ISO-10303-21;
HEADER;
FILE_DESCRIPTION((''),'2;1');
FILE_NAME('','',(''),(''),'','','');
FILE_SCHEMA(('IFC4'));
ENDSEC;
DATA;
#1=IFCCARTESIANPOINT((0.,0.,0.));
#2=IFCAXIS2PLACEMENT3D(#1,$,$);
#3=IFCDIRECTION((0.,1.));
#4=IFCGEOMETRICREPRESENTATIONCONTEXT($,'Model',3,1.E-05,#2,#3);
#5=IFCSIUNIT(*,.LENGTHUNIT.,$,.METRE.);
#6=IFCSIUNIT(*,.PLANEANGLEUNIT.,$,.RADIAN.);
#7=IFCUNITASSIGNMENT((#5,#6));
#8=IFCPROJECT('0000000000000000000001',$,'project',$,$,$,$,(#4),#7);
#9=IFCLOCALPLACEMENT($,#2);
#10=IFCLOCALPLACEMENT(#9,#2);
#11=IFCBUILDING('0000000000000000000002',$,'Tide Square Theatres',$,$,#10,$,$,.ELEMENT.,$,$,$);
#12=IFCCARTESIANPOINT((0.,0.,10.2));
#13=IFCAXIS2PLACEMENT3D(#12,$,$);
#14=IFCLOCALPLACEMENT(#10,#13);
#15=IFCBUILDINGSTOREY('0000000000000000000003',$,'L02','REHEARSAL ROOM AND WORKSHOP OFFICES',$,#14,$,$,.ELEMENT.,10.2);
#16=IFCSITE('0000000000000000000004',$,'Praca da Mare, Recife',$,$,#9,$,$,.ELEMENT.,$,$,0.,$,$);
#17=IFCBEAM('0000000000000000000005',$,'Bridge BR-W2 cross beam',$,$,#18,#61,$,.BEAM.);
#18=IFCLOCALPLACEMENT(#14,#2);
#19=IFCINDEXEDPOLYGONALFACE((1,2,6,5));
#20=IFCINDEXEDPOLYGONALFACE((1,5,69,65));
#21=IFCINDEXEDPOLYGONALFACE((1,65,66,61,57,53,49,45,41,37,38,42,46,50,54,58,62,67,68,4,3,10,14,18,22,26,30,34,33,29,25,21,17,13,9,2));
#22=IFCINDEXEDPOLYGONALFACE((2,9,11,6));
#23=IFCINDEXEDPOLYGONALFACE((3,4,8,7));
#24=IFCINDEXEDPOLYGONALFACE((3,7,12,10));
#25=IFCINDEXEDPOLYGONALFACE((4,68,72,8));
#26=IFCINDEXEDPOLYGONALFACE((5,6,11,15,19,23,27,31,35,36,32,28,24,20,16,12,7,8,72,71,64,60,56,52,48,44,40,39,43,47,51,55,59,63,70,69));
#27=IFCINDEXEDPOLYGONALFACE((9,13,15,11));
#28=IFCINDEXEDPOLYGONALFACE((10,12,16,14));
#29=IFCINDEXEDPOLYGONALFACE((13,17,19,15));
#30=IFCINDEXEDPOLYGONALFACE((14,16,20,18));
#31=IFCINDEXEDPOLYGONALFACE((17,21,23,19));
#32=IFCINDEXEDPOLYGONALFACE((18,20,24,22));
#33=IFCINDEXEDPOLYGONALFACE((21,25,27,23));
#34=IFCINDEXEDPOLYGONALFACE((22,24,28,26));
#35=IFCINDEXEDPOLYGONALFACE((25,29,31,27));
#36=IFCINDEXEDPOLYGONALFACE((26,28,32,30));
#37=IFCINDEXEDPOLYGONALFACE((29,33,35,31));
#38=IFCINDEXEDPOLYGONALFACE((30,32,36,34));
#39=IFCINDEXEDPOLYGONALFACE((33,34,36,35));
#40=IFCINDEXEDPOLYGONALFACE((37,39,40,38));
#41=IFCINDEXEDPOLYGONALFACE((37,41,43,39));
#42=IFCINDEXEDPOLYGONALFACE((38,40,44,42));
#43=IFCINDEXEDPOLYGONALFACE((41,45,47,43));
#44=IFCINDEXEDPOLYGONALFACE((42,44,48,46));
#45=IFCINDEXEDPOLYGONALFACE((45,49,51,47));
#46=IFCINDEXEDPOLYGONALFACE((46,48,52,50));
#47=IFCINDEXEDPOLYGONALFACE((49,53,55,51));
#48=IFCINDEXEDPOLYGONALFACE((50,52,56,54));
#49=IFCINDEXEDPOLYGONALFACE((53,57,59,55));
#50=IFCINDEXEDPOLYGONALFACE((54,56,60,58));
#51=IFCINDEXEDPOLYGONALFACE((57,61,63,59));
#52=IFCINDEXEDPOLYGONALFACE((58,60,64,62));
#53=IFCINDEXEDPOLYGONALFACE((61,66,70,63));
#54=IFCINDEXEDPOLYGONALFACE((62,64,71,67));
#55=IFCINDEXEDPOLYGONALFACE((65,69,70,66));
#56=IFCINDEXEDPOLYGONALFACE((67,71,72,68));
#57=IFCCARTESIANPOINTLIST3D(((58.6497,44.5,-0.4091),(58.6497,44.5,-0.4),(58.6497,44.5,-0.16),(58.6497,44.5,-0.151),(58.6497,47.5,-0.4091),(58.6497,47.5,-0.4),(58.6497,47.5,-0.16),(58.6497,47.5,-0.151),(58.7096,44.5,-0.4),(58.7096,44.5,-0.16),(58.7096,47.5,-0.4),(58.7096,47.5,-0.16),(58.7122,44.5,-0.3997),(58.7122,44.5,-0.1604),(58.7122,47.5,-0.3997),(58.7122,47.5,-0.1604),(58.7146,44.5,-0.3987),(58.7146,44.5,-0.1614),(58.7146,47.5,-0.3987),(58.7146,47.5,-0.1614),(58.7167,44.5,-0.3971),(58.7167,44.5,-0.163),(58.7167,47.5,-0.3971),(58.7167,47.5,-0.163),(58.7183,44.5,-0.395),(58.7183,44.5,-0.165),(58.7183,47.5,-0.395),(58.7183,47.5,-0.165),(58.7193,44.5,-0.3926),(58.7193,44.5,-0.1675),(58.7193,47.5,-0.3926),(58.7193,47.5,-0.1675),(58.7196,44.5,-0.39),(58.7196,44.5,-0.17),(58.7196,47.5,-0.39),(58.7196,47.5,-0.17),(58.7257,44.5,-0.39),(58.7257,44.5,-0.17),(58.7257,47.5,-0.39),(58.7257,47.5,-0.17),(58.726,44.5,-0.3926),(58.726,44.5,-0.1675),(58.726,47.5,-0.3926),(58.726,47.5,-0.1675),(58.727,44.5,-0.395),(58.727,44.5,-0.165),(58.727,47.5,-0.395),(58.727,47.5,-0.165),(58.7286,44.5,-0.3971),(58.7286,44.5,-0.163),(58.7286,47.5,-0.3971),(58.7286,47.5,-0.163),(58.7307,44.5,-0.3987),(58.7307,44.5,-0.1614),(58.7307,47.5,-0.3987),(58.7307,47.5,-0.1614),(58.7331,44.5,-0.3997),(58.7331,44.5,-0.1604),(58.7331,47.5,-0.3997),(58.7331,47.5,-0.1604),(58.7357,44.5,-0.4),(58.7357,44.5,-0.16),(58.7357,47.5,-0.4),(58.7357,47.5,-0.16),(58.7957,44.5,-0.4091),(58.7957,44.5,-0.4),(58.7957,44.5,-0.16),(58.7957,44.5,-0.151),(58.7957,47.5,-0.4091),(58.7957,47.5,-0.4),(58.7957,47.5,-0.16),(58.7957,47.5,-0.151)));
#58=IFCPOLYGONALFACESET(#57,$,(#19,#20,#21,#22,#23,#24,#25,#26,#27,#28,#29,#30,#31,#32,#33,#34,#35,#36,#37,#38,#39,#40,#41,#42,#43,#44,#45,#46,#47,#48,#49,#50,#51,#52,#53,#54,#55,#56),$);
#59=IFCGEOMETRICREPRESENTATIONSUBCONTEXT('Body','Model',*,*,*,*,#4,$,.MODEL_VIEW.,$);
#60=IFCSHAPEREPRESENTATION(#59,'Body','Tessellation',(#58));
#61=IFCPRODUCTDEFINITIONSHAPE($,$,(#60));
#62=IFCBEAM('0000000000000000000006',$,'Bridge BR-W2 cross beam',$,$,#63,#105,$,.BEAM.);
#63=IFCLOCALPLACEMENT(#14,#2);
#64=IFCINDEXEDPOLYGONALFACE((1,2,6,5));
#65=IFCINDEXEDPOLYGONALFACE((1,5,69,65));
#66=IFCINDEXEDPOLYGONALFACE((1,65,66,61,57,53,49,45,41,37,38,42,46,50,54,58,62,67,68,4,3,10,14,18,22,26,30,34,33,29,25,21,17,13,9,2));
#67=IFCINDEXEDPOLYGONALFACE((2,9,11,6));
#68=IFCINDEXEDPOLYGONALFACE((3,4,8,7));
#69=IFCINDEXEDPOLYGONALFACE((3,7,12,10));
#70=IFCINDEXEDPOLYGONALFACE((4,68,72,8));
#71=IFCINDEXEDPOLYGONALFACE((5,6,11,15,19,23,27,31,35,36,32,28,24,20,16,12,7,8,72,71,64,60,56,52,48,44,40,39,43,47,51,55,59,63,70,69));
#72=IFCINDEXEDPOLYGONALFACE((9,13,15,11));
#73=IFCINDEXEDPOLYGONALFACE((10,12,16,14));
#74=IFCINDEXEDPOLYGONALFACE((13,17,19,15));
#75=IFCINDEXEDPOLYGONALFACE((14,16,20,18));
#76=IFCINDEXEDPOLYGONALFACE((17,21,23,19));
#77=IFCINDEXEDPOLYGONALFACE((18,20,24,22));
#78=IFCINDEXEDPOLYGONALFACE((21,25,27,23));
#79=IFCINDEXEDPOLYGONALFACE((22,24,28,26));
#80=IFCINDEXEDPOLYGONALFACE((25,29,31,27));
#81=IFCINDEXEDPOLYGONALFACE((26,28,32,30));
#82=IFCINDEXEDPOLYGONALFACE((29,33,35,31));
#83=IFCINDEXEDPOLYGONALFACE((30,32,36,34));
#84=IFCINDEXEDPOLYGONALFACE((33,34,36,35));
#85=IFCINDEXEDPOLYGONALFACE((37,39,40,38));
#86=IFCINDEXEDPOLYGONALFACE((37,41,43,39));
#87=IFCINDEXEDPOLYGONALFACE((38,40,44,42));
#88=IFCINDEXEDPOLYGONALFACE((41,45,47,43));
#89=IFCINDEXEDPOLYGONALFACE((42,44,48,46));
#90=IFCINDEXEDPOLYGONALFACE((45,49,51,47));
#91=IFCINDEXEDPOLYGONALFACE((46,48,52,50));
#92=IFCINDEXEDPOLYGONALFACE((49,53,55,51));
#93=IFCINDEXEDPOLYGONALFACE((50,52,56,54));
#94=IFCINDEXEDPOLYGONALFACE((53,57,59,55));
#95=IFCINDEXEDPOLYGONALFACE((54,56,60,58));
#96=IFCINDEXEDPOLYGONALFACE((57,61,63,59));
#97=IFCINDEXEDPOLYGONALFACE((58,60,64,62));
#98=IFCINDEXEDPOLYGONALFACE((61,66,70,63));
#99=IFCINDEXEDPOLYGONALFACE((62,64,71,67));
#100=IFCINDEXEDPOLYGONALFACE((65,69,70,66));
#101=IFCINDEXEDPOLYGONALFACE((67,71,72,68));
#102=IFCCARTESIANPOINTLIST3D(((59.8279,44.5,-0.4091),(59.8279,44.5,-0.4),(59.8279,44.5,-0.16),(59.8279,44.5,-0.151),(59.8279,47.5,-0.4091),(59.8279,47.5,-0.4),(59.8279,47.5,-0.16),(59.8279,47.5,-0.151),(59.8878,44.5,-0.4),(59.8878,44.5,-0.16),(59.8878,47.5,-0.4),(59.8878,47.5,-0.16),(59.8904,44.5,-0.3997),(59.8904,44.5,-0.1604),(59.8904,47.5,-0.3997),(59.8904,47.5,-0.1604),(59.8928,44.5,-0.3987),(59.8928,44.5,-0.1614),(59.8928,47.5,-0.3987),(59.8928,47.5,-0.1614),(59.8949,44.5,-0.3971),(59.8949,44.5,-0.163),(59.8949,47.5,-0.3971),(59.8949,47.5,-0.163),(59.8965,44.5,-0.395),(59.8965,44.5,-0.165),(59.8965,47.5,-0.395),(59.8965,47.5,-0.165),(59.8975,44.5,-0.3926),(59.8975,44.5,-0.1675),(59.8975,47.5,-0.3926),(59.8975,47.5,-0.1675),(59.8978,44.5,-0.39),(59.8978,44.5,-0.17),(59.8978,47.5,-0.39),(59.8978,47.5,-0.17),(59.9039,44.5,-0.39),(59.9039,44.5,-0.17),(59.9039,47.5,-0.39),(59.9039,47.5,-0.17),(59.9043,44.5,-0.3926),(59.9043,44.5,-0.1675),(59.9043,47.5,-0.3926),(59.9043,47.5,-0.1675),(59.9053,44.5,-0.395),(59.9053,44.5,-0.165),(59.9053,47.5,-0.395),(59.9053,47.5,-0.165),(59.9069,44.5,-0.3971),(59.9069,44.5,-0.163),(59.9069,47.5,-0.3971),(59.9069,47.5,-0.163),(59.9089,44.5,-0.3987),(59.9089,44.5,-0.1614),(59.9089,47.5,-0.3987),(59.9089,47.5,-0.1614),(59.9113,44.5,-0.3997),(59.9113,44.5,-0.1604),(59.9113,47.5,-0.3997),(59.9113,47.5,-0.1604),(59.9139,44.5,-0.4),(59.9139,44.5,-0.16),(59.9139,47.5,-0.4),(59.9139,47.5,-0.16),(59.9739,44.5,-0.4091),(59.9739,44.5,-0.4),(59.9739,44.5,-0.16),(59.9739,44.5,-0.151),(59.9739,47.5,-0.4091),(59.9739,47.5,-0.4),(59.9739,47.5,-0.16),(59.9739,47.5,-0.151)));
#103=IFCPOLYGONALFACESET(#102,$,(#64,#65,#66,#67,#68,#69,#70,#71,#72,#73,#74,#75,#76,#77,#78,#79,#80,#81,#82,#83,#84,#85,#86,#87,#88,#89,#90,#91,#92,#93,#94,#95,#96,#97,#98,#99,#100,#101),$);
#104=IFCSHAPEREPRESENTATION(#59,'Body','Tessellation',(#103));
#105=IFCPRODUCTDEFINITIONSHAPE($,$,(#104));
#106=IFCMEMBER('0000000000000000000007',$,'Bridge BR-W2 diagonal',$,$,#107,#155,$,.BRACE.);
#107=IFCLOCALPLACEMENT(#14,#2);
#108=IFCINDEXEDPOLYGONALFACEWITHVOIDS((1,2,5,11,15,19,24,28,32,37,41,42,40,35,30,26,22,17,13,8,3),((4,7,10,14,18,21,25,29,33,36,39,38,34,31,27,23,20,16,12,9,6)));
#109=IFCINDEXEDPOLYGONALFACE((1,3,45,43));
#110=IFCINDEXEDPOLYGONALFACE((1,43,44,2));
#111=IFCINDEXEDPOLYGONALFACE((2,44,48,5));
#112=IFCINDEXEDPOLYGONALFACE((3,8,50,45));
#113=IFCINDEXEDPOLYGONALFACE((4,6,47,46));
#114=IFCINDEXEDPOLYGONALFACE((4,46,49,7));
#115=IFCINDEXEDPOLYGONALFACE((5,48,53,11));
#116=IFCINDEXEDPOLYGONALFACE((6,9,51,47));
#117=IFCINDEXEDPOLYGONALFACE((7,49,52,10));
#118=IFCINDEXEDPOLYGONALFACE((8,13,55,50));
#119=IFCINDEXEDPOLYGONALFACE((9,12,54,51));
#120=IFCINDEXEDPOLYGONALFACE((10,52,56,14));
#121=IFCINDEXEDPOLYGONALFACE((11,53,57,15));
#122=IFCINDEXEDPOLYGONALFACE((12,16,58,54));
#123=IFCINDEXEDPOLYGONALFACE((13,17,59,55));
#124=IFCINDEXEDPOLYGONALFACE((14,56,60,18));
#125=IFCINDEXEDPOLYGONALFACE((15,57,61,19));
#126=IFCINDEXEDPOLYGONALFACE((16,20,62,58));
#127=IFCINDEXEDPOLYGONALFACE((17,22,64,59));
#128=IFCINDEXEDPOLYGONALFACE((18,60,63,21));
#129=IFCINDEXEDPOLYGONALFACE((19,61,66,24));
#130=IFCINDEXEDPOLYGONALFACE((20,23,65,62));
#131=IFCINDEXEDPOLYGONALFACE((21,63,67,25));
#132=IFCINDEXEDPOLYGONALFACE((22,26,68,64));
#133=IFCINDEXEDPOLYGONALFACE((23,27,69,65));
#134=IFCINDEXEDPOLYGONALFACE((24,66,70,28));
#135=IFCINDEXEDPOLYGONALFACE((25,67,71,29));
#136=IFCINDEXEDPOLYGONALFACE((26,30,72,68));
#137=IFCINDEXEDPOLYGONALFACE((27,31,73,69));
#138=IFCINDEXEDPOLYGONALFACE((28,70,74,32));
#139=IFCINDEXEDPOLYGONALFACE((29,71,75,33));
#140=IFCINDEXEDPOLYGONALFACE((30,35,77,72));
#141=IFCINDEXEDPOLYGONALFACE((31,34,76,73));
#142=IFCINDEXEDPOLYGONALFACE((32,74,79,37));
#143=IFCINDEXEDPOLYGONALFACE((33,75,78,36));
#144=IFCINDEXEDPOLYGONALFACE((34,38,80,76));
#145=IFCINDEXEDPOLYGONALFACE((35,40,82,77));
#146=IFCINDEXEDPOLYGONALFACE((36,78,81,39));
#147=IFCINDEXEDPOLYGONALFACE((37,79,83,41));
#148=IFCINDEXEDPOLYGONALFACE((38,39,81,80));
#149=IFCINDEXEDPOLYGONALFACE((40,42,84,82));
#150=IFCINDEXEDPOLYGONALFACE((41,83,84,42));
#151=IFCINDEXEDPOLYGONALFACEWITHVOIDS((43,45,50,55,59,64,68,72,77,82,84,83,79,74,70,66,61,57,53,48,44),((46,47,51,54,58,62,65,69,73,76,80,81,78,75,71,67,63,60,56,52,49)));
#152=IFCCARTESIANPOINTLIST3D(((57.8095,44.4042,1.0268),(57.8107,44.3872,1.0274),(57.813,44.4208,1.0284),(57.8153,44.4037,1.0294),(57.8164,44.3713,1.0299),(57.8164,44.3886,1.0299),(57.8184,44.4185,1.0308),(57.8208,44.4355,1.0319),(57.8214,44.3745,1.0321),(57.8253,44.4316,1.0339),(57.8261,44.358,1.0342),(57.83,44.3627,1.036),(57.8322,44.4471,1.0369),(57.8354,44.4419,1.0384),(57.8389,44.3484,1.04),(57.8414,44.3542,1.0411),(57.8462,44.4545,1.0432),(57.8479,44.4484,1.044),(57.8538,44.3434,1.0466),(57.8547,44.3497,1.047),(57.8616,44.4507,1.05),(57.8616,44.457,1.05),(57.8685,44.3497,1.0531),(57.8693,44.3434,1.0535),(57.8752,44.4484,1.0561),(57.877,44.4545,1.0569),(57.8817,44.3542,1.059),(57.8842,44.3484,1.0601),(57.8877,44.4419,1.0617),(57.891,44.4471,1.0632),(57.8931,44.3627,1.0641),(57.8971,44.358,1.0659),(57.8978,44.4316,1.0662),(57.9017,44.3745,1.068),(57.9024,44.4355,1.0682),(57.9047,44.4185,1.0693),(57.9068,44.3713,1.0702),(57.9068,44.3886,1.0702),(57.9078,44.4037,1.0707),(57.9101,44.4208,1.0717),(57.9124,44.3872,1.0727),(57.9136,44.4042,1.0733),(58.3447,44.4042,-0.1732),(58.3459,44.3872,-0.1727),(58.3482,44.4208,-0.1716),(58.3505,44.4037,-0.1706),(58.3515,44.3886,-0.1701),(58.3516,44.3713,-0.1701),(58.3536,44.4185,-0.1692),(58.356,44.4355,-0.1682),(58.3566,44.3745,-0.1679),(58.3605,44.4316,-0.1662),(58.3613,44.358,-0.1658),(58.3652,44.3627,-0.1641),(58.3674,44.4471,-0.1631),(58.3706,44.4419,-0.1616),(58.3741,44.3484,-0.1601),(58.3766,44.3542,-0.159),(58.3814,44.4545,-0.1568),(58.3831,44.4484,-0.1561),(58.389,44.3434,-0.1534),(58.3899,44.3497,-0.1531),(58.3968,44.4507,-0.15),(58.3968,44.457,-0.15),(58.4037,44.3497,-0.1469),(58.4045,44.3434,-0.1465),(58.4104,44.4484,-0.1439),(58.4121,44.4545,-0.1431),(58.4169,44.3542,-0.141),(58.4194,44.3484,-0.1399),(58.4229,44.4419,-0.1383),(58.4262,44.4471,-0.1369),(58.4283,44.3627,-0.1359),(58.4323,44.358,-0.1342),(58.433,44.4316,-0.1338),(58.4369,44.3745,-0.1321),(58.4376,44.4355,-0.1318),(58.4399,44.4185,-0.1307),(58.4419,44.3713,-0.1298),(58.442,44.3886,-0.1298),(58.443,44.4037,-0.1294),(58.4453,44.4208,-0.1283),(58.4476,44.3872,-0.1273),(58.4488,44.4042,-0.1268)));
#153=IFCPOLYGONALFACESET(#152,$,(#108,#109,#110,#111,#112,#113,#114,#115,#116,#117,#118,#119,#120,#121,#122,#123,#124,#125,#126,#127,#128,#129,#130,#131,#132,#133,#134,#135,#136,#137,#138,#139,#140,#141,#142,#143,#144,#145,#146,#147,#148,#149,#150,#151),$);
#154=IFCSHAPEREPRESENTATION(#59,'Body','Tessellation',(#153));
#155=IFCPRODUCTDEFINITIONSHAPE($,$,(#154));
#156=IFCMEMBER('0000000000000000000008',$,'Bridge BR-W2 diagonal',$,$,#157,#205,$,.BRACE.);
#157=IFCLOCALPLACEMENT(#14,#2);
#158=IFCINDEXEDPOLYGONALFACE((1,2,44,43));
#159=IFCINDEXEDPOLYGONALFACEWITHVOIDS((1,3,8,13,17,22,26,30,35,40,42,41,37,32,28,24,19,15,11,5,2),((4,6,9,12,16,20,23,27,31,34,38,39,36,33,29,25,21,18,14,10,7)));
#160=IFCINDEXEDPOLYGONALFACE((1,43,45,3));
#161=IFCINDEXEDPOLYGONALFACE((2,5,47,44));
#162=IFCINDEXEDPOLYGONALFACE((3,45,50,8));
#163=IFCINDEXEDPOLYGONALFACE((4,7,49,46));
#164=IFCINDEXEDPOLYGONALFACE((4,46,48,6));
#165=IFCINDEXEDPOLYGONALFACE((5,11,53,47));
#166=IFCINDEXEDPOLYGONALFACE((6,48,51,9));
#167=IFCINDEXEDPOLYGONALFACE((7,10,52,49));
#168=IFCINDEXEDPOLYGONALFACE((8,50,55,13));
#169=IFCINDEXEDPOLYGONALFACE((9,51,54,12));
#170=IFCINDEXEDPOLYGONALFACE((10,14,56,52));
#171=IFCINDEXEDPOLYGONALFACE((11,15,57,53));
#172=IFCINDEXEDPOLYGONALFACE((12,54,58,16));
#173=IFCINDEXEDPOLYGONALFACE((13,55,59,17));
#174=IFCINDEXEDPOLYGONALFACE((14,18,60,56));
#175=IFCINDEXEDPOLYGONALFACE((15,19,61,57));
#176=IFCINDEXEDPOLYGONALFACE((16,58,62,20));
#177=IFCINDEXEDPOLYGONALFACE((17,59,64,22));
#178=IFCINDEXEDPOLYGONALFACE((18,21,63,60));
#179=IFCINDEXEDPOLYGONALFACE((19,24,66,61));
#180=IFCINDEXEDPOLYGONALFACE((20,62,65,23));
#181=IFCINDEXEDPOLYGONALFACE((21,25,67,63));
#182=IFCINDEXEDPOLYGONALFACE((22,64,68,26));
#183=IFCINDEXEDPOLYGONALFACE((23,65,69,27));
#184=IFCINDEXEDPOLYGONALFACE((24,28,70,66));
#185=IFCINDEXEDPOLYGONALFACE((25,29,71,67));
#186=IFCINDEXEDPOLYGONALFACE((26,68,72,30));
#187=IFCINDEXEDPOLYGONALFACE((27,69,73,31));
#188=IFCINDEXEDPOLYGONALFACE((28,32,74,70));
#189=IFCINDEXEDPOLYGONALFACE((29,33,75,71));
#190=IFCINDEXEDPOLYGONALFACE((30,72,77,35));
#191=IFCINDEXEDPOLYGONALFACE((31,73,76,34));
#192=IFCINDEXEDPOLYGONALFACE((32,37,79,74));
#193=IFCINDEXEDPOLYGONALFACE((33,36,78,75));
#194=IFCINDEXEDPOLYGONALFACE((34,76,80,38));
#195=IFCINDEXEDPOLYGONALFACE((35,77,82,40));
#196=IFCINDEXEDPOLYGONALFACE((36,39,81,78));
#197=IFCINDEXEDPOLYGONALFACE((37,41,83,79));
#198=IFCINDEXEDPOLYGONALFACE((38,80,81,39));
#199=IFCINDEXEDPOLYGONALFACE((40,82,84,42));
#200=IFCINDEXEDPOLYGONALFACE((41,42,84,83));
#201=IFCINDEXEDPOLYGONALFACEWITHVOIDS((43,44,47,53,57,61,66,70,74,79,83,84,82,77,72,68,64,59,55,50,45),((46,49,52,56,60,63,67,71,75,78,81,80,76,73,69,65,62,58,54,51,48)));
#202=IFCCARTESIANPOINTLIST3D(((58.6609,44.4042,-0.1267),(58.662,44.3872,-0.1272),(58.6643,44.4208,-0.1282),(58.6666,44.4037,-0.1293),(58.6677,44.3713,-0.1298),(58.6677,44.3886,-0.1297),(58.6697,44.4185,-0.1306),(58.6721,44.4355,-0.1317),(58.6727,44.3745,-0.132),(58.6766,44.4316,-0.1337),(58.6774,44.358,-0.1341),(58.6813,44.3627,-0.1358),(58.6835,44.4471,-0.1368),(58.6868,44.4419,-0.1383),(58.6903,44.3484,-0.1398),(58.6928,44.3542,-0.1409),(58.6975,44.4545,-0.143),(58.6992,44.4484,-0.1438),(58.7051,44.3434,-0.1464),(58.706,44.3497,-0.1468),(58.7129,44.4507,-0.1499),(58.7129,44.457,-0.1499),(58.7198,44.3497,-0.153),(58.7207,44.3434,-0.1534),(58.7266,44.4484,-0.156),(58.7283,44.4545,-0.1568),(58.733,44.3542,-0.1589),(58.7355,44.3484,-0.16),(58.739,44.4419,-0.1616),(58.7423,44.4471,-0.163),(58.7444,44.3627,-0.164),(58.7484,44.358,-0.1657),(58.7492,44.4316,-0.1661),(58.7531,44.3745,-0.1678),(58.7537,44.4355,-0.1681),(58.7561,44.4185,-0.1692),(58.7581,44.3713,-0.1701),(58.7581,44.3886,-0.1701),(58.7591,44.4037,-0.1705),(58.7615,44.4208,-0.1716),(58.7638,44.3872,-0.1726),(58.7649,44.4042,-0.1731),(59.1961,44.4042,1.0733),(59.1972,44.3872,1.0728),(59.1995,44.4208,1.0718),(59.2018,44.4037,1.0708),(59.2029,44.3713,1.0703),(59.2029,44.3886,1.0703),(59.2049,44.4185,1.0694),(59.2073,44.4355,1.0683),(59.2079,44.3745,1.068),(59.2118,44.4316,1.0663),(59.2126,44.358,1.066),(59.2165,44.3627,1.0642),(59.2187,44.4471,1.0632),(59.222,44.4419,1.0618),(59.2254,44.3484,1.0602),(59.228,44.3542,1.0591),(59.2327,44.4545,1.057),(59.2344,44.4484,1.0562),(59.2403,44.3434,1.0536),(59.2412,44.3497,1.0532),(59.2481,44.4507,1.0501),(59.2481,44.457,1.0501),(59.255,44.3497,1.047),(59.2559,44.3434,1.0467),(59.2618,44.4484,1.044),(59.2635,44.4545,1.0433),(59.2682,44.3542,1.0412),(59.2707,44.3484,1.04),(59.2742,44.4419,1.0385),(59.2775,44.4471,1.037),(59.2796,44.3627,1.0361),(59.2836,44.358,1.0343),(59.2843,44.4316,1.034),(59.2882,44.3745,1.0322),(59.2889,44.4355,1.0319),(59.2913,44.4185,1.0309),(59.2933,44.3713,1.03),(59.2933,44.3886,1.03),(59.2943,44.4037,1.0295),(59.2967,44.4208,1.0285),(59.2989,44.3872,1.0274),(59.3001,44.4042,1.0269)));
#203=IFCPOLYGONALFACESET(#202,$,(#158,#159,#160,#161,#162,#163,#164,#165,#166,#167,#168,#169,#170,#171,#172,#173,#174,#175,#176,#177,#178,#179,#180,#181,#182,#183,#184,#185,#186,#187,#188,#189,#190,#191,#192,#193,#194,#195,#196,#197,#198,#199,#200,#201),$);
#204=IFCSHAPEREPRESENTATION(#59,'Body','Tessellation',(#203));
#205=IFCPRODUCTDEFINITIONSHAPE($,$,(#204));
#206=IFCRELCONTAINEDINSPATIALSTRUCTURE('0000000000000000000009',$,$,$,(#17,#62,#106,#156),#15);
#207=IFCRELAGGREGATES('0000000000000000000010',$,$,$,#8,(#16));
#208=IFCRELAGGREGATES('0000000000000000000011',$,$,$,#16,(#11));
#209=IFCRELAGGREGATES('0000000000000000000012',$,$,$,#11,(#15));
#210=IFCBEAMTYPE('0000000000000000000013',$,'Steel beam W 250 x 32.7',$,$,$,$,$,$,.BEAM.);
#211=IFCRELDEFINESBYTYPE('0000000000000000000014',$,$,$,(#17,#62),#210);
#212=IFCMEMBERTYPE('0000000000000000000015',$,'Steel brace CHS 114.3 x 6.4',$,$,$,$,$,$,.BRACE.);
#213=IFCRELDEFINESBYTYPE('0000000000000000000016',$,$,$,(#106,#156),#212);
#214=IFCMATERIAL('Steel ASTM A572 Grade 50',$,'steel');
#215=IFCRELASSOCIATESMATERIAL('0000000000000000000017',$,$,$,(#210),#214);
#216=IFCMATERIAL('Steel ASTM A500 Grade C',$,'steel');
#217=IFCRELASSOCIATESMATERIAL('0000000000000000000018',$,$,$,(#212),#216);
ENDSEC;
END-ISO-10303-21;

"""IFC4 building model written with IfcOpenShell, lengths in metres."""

from ifc_helpers import new_model, si_unit, direction, frame, origin, origin_2d, place, context, subcontext, project, spatial, hollow_circle, i_section, extrude, material, material_profile, profile_set, type_object, element, save


model = new_model("IFC4")

# Units and contexts
model_context = context("Model", 3, precision=1e-05, world=origin(), true_north=direction((0.0, 1.0)))
body_context = subcontext(model_context, "Body", "Model", "MODEL_VIEW")
ifc_project = project(units=[si_unit("LENGTHUNIT", "METRE"), si_unit("PLANEANGLEUNIT", "RADIAN")], contexts=[model_context])

# Site, building, storey
site_placement = place(None, origin())
site = spatial("IfcSite", under=ifc_project, at=site_placement, Name="Praca da Mare, Recife", CompositionType="ELEMENT", RefElevation=0.0)
building_placement = place(site_placement, origin())
building = spatial("IfcBuilding", under=site, at=building_placement, Name="Tide Square Theatres", CompositionType="ELEMENT")
storey_placement = place(building_placement, frame((0.0, 0.0, 10.2)))
storey = spatial("IfcBuildingStorey", under=building, at=storey_placement, Name="L02", Description="REHEARSAL ROOM AND WORKSHOP OFFICES", CompositionType="ELEMENT", Elevation=10.2)

# Beams
ifc_material_1 = material(Name="Steel ASTM A572 Grade 50", Category="steel")
ifc_material_profile_1 = material_profile(ifc_material_1, i_section(OverallWidth=0.146, OverallDepth=0.2581, WebThickness=0.0061, FlangeThickness=0.009, FilletRadius=0.01, at=origin_2d()))
ifc_profile_set_1 = profile_set([ifc_material_profile_1], Name="Steel ASTM A572 Grade 50")
beam_type = type_object("IfcBeamType", Name="Steel beam W 250 x 32.7", PredefinedType="BEAM", material=ifc_profile_set_1)
for number, where, z_axis, x_axis, name in (
    (1, (58.7227, 44.5, -0.28), (0.0, 1.0, 0.0), (-1.0, 0.0, 0.0), "Bridge BR-W2 cross beam"),
    (2, (59.9009, 44.5, -0.28), (0.0, 1.0, 0.0), (-1.0, 0.0, 0.0), "Bridge BR-W2 cross beam"),
):
    element("IfcBeam", number, at=place(storey_placement, frame(where, z_axis=z_axis, x_axis=x_axis)), inside=storey, type_object=beam_type, Name=name, PredefinedType="BEAM", context=body_context, shape_type="SweptSolid", body=[
        extrude(i_section(OverallWidth=0.146, OverallDepth=0.2581, WebThickness=0.0061, FlangeThickness=0.009, FilletRadius=0.01, at=origin_2d()), origin(), (0.0, 0.0, 1.0), 3.0),
    ])

# Members
ifc_material_2 = material(Name="Steel ASTM A500 Grade C", Category="steel")
ifc_material_profile_2 = material_profile(ifc_material_2, hollow_circle(Radius=0.0571, WallThickness=0.0063, at=origin_2d()))
ifc_profile_set_2 = profile_set([ifc_material_profile_2], Name="Steel ASTM A500 Grade C")
member_type_1 = type_object("IfcMemberType", Name="Steel brace CHS 114.3 x 6.4", PredefinedType="BRACE", material=ifc_profile_set_2)
for number, where, z_axis, x_axis, name in (
    (3, (57.8616, 44.3999, 1.05), (0.407311, 0.0, -0.91329), (0.0, 1.0, 0.0), "Bridge BR-W2 diagonal"),
    (4, (58.7129, 44.3999, -0.1499), (0.407311, 0.0, 0.91329), (0.0, 1.0, 0.0), "Bridge BR-W2 diagonal"),
):
    element("IfcMember", number, at=place(storey_placement, frame(where, z_axis=z_axis, x_axis=x_axis)), inside=storey, type_object=member_type_1, Name=name, PredefinedType="BRACE", context=body_context, shape_type="SweptSolid", body=[
        extrude(hollow_circle(Radius=0.0571, WallThickness=0.0063, at=origin_2d()), origin(), (0.0, 0.0, 1.0), 1.314),
    ])

save(model, "model.ifc")
